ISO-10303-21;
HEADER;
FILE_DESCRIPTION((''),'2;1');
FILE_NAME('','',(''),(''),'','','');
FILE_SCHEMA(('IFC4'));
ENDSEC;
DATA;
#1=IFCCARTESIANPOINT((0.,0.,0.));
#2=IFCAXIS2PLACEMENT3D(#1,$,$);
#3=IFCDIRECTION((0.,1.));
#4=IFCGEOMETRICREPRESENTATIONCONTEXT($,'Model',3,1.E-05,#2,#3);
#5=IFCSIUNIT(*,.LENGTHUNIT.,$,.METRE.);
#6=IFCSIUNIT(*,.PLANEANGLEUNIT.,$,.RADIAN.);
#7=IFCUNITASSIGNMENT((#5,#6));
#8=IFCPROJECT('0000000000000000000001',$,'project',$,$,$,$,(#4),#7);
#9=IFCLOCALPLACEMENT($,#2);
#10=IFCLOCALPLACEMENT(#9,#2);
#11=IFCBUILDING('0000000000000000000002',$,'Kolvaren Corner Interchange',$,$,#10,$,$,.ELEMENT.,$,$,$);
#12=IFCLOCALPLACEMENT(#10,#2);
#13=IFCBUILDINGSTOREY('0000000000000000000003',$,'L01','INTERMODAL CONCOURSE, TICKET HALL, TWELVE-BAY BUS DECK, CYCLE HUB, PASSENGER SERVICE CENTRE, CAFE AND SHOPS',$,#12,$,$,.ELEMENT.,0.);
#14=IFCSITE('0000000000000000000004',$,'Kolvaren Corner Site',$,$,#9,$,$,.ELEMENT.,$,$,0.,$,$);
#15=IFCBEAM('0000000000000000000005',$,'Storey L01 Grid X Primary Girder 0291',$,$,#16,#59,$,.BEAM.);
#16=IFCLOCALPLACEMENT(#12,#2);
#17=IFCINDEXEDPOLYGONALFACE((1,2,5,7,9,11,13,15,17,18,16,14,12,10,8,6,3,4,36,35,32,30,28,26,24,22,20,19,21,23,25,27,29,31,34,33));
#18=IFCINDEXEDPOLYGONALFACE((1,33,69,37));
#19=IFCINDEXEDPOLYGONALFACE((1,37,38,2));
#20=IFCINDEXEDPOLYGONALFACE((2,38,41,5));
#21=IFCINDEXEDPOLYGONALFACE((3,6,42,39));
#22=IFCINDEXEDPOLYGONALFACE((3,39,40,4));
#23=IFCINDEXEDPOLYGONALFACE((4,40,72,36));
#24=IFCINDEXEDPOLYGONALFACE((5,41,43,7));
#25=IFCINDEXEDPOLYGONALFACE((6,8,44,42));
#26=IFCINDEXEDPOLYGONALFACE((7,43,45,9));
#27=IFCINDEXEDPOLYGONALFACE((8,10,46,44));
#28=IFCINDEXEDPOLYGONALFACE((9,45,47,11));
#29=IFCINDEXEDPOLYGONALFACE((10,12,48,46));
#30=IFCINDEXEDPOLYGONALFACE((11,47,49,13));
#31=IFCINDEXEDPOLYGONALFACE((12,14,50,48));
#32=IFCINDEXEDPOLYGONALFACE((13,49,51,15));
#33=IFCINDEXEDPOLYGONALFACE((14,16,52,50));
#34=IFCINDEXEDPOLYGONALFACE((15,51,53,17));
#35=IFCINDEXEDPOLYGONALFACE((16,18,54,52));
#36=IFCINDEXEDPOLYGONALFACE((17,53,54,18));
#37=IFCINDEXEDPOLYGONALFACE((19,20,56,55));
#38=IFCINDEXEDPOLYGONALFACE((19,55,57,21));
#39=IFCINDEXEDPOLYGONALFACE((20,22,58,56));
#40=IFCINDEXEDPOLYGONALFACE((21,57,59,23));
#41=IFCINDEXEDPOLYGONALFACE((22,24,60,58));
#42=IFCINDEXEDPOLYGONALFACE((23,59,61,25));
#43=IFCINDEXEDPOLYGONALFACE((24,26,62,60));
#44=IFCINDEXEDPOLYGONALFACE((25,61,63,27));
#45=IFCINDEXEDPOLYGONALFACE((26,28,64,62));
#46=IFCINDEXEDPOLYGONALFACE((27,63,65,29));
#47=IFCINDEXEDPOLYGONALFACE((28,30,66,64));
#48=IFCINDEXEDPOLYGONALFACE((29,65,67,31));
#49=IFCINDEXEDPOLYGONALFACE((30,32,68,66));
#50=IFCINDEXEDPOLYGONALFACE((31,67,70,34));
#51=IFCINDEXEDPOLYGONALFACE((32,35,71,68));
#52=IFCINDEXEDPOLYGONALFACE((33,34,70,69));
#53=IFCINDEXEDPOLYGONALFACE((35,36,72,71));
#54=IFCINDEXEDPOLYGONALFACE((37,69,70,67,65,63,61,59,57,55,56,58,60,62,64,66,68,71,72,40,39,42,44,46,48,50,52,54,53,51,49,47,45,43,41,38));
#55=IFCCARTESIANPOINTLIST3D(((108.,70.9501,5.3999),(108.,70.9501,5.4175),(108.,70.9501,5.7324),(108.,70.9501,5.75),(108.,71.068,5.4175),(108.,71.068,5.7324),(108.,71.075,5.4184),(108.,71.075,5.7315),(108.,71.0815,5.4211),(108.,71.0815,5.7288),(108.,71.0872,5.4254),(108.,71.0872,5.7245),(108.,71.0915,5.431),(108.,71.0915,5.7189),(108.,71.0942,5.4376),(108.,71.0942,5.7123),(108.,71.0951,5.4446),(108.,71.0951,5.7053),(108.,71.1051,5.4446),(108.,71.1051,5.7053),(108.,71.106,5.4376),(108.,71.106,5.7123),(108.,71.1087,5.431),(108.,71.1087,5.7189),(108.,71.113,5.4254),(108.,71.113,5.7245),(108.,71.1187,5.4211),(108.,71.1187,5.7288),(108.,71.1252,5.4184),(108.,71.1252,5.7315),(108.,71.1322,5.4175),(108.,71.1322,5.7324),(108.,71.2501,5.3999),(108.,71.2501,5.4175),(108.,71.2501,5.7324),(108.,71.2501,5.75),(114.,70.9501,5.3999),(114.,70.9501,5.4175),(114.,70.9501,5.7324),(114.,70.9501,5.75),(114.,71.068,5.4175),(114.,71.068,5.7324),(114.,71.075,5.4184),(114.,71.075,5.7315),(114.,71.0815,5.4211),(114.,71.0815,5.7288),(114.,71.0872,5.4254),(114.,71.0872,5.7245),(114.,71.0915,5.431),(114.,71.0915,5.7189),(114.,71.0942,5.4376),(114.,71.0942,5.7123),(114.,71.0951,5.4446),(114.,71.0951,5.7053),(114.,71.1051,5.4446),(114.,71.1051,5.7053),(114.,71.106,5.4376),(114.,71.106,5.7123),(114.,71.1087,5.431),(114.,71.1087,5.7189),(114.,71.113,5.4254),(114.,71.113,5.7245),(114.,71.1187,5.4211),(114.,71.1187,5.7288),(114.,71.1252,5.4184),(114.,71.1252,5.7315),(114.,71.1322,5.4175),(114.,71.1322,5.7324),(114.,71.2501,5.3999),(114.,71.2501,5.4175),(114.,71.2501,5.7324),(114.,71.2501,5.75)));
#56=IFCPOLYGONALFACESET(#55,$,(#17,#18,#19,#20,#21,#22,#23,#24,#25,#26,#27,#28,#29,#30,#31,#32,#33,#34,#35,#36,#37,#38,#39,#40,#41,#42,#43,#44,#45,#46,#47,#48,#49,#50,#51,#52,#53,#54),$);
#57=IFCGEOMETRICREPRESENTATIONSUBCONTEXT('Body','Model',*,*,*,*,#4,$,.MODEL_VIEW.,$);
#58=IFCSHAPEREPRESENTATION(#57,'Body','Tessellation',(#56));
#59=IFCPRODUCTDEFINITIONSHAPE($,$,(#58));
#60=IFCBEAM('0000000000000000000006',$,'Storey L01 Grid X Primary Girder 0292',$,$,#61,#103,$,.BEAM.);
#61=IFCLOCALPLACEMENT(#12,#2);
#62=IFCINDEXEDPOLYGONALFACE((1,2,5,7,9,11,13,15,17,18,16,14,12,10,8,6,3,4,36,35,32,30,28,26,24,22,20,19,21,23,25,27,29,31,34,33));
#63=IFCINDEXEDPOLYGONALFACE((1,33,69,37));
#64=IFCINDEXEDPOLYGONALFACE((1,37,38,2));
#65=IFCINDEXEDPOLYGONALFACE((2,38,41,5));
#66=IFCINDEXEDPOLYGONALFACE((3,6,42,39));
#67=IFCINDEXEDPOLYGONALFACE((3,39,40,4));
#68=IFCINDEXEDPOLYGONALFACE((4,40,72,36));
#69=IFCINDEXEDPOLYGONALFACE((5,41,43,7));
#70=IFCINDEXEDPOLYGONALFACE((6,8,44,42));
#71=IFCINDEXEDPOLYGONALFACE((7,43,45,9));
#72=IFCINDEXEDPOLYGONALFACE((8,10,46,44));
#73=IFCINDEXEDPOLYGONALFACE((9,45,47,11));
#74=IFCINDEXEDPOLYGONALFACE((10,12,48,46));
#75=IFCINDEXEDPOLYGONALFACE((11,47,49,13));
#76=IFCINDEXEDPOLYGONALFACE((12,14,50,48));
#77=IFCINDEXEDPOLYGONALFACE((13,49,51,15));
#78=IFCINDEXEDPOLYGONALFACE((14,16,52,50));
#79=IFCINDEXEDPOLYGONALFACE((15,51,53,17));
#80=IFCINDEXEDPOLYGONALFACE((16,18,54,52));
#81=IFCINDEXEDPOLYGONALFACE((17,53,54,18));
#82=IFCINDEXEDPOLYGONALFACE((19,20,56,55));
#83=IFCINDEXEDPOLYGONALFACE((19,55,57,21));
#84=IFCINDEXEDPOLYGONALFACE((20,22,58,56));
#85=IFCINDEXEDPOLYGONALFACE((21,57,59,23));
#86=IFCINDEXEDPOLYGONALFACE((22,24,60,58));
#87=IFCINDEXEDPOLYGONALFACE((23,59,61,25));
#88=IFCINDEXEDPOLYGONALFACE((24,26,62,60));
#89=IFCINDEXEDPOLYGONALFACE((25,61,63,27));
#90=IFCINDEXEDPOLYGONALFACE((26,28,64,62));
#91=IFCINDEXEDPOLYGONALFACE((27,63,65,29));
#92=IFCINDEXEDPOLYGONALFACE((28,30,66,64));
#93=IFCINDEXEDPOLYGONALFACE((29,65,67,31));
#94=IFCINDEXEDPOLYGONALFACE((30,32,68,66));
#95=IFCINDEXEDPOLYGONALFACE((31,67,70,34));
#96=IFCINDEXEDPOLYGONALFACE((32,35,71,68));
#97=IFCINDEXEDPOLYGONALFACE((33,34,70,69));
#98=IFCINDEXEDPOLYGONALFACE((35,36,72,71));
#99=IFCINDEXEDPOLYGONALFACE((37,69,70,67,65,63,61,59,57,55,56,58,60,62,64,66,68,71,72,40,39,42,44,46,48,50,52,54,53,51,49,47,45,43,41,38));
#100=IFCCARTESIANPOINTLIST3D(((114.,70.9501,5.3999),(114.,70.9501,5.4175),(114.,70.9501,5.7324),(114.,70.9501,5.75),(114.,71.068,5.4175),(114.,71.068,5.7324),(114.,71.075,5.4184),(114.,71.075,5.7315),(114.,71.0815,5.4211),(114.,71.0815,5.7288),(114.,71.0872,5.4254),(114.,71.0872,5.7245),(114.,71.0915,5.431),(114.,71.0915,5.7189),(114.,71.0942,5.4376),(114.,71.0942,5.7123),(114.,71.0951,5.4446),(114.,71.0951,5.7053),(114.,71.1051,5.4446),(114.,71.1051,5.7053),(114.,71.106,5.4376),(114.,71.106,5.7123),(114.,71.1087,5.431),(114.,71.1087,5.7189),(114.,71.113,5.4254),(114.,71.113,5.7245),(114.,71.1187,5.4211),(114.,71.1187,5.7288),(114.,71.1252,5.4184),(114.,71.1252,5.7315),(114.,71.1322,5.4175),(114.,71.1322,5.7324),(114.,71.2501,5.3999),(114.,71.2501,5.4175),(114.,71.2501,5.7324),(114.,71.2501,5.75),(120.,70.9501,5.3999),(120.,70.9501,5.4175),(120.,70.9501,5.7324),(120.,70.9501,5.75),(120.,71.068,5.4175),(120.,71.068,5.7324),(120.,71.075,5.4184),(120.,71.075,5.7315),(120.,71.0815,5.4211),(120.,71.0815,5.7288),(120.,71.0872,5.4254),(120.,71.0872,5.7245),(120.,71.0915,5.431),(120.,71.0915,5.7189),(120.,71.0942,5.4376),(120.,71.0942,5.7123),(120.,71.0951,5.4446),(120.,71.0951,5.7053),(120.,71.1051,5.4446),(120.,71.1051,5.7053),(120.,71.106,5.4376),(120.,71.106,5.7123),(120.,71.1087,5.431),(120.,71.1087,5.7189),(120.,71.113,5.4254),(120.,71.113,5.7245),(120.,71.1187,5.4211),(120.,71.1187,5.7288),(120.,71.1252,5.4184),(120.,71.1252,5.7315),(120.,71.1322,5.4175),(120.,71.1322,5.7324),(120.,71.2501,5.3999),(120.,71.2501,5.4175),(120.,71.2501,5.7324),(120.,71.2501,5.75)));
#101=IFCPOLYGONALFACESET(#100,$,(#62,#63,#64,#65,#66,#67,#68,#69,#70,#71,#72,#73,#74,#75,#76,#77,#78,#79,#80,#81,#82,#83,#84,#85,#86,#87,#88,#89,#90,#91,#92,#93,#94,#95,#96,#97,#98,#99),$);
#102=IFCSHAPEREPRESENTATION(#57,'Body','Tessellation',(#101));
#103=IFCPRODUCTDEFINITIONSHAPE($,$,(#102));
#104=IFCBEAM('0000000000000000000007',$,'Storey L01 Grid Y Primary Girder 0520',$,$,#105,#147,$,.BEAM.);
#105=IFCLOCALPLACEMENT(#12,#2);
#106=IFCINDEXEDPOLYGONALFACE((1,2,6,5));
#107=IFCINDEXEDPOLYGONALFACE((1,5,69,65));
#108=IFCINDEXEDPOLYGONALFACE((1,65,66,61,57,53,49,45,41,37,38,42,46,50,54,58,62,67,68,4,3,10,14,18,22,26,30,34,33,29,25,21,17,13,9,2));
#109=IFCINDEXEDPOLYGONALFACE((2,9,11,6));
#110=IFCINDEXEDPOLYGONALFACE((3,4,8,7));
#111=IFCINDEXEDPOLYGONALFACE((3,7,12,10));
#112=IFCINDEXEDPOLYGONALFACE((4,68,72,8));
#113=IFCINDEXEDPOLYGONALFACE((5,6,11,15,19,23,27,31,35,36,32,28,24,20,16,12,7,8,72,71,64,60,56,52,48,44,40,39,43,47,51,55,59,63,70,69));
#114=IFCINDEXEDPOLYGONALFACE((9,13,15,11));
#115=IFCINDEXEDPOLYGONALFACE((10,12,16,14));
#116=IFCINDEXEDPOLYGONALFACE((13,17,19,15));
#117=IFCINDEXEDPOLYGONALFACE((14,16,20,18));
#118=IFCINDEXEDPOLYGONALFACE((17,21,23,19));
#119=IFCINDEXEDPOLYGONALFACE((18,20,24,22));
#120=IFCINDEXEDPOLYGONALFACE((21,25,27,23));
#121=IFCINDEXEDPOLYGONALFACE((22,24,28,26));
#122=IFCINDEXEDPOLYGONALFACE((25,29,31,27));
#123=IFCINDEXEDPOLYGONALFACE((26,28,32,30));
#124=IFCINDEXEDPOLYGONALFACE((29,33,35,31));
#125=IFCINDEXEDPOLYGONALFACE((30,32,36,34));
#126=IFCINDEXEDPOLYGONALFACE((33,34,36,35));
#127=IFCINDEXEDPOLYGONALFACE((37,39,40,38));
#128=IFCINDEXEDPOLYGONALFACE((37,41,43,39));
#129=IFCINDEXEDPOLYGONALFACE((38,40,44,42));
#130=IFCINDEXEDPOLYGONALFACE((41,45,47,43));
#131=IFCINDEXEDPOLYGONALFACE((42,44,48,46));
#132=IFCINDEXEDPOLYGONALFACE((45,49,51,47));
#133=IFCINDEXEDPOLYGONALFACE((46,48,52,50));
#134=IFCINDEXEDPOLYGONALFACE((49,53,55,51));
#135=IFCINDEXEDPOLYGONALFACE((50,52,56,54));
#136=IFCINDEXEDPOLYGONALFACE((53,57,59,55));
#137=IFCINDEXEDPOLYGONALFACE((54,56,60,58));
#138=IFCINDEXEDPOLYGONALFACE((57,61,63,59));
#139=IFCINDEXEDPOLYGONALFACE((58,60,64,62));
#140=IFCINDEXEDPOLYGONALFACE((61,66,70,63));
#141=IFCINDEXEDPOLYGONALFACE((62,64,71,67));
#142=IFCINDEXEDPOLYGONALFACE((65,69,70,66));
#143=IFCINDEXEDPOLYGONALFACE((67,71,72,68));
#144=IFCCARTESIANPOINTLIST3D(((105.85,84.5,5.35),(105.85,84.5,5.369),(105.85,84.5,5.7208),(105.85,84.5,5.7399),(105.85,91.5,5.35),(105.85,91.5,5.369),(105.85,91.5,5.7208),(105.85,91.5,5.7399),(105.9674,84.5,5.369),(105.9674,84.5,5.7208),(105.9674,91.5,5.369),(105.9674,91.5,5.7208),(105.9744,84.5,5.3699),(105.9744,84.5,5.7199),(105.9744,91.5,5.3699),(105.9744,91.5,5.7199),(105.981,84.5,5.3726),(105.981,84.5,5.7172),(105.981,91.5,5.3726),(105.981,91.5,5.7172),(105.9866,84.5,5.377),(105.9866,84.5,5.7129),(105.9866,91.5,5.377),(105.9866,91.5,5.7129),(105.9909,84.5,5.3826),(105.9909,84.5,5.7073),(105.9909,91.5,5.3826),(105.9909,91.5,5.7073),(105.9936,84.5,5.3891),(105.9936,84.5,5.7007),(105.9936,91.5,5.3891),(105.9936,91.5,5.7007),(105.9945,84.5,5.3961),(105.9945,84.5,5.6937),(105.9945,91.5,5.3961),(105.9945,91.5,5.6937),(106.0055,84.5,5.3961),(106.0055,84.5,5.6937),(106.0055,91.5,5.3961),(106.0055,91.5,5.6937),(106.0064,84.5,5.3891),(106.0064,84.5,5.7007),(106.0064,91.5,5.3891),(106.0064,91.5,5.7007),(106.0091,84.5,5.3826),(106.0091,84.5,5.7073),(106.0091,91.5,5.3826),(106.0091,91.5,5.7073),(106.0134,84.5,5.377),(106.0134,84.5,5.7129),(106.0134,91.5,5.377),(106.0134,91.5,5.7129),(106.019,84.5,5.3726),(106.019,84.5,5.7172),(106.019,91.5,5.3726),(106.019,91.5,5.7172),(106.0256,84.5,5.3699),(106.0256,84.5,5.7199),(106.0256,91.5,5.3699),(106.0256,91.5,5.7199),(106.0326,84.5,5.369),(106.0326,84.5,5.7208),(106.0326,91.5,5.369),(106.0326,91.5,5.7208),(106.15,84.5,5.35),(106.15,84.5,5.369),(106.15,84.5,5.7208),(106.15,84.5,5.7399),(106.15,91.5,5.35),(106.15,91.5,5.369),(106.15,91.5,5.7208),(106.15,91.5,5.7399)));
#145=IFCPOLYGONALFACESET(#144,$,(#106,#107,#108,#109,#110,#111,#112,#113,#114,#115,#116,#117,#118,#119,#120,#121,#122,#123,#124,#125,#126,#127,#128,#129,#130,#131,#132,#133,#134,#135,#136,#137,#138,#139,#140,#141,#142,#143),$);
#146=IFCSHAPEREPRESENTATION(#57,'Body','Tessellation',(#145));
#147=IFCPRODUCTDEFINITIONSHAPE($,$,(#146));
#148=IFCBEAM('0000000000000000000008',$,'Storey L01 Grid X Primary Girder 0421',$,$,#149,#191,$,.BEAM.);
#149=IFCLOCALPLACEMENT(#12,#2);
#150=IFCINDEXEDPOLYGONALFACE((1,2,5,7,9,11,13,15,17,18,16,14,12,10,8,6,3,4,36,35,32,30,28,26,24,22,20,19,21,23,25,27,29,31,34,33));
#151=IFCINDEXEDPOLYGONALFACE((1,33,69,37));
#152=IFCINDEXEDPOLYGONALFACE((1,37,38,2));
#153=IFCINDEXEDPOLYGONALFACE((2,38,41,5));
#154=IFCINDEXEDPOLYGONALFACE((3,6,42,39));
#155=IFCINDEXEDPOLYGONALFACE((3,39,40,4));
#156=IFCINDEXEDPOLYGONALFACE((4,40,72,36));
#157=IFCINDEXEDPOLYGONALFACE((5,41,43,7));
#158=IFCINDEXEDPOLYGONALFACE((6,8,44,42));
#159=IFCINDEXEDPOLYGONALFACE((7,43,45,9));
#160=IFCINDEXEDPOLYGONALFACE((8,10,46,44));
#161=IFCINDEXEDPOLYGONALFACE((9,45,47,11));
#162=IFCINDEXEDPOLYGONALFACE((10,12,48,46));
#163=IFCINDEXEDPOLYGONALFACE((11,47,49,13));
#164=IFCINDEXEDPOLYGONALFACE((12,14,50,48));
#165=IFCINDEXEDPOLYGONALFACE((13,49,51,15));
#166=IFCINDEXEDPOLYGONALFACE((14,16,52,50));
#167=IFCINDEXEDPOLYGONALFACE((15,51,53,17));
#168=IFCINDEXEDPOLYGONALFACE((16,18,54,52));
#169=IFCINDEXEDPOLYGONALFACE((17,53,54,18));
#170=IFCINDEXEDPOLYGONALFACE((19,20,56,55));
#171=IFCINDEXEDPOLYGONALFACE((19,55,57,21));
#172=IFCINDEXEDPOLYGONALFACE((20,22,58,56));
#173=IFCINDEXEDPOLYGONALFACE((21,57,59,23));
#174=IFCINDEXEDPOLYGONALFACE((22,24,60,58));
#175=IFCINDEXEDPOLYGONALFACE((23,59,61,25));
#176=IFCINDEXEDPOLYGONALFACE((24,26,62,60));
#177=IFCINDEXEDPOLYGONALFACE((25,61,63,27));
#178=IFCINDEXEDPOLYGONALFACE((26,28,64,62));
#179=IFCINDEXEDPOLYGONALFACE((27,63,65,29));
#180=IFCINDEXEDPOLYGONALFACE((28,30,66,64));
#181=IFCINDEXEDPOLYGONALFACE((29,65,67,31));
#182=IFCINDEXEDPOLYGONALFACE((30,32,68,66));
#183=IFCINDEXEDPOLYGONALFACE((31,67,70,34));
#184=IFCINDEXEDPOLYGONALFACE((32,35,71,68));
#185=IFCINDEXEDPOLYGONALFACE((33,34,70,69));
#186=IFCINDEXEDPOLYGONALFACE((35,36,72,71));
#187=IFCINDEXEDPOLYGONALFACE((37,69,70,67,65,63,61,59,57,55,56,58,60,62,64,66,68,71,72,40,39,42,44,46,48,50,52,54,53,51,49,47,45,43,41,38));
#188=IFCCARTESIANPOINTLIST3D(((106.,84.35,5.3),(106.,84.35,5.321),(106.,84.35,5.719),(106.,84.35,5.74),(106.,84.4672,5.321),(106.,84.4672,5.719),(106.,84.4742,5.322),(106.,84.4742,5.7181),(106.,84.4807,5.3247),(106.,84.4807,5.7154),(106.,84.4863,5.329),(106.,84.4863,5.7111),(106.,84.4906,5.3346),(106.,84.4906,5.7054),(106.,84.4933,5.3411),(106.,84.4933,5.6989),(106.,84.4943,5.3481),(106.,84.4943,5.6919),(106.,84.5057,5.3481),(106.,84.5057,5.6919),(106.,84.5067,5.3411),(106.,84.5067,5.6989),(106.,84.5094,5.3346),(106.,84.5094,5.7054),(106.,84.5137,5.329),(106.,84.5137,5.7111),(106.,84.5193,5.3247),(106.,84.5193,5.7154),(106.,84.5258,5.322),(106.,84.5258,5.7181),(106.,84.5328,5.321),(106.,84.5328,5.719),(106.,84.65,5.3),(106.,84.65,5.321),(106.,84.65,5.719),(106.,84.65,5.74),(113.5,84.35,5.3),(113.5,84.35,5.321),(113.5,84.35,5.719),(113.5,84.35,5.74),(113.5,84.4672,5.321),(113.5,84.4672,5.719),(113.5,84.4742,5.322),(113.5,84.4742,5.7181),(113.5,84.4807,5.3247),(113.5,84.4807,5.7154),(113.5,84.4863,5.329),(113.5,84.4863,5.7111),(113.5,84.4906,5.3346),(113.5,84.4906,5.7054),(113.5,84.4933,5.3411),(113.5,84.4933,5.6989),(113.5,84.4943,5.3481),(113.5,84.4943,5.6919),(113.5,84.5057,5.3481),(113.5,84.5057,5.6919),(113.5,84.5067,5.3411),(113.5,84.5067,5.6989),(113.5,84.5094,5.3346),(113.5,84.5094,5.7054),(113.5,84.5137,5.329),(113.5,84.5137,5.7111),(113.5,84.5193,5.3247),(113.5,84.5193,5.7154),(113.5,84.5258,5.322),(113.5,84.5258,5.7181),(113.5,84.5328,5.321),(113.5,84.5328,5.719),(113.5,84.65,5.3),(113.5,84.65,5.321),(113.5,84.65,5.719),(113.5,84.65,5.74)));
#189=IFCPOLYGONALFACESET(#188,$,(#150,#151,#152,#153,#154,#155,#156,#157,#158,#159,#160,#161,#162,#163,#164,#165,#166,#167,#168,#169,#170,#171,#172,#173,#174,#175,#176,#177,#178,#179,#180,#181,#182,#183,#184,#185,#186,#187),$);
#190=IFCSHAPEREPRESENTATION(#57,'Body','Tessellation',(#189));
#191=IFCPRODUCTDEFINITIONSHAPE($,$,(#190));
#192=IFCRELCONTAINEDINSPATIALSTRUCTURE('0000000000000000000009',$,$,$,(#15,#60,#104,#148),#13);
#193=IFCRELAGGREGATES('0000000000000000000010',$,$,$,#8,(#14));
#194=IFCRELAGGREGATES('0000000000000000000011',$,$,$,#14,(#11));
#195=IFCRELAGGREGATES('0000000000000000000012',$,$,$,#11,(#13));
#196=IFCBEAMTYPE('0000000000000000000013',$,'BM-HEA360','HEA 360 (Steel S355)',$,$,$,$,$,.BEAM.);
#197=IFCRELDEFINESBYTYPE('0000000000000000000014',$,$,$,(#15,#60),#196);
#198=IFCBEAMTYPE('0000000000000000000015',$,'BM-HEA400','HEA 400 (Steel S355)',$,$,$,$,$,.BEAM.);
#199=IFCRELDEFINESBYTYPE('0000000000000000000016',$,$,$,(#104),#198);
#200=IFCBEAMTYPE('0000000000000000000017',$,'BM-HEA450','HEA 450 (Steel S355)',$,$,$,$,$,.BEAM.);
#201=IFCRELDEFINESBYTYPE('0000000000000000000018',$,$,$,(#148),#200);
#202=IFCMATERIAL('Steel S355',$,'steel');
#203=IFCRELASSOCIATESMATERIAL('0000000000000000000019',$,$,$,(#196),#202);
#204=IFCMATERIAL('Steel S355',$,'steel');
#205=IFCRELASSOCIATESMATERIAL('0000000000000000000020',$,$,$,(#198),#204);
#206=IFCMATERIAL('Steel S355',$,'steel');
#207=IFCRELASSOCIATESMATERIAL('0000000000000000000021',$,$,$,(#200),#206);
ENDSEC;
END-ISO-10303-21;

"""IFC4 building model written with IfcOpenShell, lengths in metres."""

from ifc_helpers import new_model, si_unit, direction, frame, origin, origin_2d, place, context, subcontext, project, spatial, i_section, extrude, material, material_profile, profile_set, type_object, element, save


model = new_model("IFC4")

# Units and contexts
model_context = context("Model", 3, precision=1e-05, world=origin(), true_north=direction((0.0, 1.0)))
body_context = subcontext(model_context, "Body", "Model", "MODEL_VIEW")
ifc_project = project(units=[si_unit("LENGTHUNIT", "METRE"), si_unit("PLANEANGLEUNIT", "RADIAN")], contexts=[model_context])

# Site, building, storey
site_placement = place(None, origin())
site = spatial("IfcSite", under=ifc_project, at=site_placement, Name="Kolvaren Corner Site", CompositionType="ELEMENT", RefElevation=0.0)
building_placement = place(site_placement, origin())
building = spatial("IfcBuilding", under=site, at=building_placement, Name="Kolvaren Corner Interchange", CompositionType="ELEMENT")
storey_placement = place(building_placement, origin())
storey = spatial("IfcBuildingStorey", under=building, at=storey_placement, Name="L01", Description="INTERMODAL CONCOURSE, TICKET HALL, TWELVE-BAY BUS DECK, CYCLE HUB, PASSENGER SERVICE CENTRE, CAFE AND SHOPS", CompositionType="ELEMENT", Elevation=0.0)

# Beams
ifc_material_1 = material(Name="Steel S355", Category="steel")
ifc_material_profile_1 = material_profile(ifc_material_1, i_section(OverallWidth=0.3, OverallDepth=0.3501, WebThickness=0.01, FlangeThickness=0.0176, FilletRadius=0.0271, at=origin_2d()), Name="HEA 360")
ifc_profile_set_1 = profile_set([ifc_material_profile_1], Name="Steel S355")
beam_type_1 = type_object("IfcBeamType", Name="BM-HEA360", Description="HEA 360 (Steel S355)", PredefinedType="BEAM", material=ifc_profile_set_1)
for number, where, z_axis, x_axis, name in (
    (1, (108.0, 71.1001, 5.575), (1.0, 0.0, 0.0), (0.0, 1.0, 0.0), "Storey L01 Grid X Primary Girder 0291"),
    (2, (114.0, 71.1001, 5.575), (1.0, 0.0, 0.0), (0.0, 1.0, 0.0), "Storey L01 Grid X Primary Girder 0292"),
):
    element("IfcBeam", number, at=place(storey_placement, frame(where, z_axis=z_axis, x_axis=x_axis)), inside=storey, type_object=beam_type_1, Name=name, PredefinedType="BEAM", context=body_context, shape_type="SweptSolid", body=[
        extrude(i_section(OverallWidth=0.3, OverallDepth=0.3501, WebThickness=0.01, FlangeThickness=0.0176, FilletRadius=0.0271, at=origin_2d()), origin(), (0.0, 0.0, 1.0), 6.0),
    ])
ifc_material_2 = material(Name="Steel S355", Category="steel")
ifc_material_profile_2 = material_profile(ifc_material_2, i_section(OverallWidth=0.3, OverallDepth=0.3899, WebThickness=0.011, FlangeThickness=0.019, FilletRadius=0.0271, at=origin_2d()), Name="HEA 400")
ifc_profile_set_2 = profile_set([ifc_material_profile_2], Name="Steel S355")
beam_type_2 = type_object("IfcBeamType", Name="BM-HEA400", Description="HEA 400 (Steel S355)", PredefinedType="BEAM", material=ifc_profile_set_2)
beam_1_placement = place(storey_placement, frame((106.0, 84.5, 5.5449), z_axis=(0.0, 1.0, 0.0), x_axis=(-1.0, 0.0, 0.0)))
element("IfcBeam", 3, at=beam_1_placement, inside=storey, type_object=beam_type_2, Name="Storey L01 Grid Y Primary Girder 0520", PredefinedType="BEAM", context=body_context, shape_type="SweptSolid", body=[
    extrude(i_section(OverallWidth=0.3, OverallDepth=0.3899, WebThickness=0.011, FlangeThickness=0.019, FilletRadius=0.0271, at=origin_2d()), origin(), (0.0, 0.0, 1.0), 7.0),
])
ifc_material_3 = material(Name="Steel S355", Category="steel")
ifc_material_profile_3 = material_profile(ifc_material_3, i_section(OverallWidth=0.3, OverallDepth=0.4399, WebThickness=0.0115, FlangeThickness=0.021, FilletRadius=0.0271, at=origin_2d()), Name="HEA 450")
ifc_profile_set_3 = profile_set([ifc_material_profile_3], Name="Steel S355")
beam_type_3 = type_object("IfcBeamType", Name="BM-HEA450", Description="HEA 450 (Steel S355)", PredefinedType="BEAM", material=ifc_profile_set_3)
beam_2_placement = place(storey_placement, frame((106.0, 84.5, 5.52), z_axis=(1.0, 0.0, 0.0), x_axis=(0.0, 1.0, 0.0)))
element("IfcBeam", 4, at=beam_2_placement, inside=storey, type_object=beam_type_3, Name="Storey L01 Grid X Primary Girder 0421", PredefinedType="BEAM", context=body_context, shape_type="SweptSolid", body=[
    extrude(i_section(OverallWidth=0.3, OverallDepth=0.4399, WebThickness=0.0115, FlangeThickness=0.021, FilletRadius=0.0271, at=origin_2d()), origin(), (0.0, 0.0, 1.0), 7.5),
])

save(model, "model.ifc")
